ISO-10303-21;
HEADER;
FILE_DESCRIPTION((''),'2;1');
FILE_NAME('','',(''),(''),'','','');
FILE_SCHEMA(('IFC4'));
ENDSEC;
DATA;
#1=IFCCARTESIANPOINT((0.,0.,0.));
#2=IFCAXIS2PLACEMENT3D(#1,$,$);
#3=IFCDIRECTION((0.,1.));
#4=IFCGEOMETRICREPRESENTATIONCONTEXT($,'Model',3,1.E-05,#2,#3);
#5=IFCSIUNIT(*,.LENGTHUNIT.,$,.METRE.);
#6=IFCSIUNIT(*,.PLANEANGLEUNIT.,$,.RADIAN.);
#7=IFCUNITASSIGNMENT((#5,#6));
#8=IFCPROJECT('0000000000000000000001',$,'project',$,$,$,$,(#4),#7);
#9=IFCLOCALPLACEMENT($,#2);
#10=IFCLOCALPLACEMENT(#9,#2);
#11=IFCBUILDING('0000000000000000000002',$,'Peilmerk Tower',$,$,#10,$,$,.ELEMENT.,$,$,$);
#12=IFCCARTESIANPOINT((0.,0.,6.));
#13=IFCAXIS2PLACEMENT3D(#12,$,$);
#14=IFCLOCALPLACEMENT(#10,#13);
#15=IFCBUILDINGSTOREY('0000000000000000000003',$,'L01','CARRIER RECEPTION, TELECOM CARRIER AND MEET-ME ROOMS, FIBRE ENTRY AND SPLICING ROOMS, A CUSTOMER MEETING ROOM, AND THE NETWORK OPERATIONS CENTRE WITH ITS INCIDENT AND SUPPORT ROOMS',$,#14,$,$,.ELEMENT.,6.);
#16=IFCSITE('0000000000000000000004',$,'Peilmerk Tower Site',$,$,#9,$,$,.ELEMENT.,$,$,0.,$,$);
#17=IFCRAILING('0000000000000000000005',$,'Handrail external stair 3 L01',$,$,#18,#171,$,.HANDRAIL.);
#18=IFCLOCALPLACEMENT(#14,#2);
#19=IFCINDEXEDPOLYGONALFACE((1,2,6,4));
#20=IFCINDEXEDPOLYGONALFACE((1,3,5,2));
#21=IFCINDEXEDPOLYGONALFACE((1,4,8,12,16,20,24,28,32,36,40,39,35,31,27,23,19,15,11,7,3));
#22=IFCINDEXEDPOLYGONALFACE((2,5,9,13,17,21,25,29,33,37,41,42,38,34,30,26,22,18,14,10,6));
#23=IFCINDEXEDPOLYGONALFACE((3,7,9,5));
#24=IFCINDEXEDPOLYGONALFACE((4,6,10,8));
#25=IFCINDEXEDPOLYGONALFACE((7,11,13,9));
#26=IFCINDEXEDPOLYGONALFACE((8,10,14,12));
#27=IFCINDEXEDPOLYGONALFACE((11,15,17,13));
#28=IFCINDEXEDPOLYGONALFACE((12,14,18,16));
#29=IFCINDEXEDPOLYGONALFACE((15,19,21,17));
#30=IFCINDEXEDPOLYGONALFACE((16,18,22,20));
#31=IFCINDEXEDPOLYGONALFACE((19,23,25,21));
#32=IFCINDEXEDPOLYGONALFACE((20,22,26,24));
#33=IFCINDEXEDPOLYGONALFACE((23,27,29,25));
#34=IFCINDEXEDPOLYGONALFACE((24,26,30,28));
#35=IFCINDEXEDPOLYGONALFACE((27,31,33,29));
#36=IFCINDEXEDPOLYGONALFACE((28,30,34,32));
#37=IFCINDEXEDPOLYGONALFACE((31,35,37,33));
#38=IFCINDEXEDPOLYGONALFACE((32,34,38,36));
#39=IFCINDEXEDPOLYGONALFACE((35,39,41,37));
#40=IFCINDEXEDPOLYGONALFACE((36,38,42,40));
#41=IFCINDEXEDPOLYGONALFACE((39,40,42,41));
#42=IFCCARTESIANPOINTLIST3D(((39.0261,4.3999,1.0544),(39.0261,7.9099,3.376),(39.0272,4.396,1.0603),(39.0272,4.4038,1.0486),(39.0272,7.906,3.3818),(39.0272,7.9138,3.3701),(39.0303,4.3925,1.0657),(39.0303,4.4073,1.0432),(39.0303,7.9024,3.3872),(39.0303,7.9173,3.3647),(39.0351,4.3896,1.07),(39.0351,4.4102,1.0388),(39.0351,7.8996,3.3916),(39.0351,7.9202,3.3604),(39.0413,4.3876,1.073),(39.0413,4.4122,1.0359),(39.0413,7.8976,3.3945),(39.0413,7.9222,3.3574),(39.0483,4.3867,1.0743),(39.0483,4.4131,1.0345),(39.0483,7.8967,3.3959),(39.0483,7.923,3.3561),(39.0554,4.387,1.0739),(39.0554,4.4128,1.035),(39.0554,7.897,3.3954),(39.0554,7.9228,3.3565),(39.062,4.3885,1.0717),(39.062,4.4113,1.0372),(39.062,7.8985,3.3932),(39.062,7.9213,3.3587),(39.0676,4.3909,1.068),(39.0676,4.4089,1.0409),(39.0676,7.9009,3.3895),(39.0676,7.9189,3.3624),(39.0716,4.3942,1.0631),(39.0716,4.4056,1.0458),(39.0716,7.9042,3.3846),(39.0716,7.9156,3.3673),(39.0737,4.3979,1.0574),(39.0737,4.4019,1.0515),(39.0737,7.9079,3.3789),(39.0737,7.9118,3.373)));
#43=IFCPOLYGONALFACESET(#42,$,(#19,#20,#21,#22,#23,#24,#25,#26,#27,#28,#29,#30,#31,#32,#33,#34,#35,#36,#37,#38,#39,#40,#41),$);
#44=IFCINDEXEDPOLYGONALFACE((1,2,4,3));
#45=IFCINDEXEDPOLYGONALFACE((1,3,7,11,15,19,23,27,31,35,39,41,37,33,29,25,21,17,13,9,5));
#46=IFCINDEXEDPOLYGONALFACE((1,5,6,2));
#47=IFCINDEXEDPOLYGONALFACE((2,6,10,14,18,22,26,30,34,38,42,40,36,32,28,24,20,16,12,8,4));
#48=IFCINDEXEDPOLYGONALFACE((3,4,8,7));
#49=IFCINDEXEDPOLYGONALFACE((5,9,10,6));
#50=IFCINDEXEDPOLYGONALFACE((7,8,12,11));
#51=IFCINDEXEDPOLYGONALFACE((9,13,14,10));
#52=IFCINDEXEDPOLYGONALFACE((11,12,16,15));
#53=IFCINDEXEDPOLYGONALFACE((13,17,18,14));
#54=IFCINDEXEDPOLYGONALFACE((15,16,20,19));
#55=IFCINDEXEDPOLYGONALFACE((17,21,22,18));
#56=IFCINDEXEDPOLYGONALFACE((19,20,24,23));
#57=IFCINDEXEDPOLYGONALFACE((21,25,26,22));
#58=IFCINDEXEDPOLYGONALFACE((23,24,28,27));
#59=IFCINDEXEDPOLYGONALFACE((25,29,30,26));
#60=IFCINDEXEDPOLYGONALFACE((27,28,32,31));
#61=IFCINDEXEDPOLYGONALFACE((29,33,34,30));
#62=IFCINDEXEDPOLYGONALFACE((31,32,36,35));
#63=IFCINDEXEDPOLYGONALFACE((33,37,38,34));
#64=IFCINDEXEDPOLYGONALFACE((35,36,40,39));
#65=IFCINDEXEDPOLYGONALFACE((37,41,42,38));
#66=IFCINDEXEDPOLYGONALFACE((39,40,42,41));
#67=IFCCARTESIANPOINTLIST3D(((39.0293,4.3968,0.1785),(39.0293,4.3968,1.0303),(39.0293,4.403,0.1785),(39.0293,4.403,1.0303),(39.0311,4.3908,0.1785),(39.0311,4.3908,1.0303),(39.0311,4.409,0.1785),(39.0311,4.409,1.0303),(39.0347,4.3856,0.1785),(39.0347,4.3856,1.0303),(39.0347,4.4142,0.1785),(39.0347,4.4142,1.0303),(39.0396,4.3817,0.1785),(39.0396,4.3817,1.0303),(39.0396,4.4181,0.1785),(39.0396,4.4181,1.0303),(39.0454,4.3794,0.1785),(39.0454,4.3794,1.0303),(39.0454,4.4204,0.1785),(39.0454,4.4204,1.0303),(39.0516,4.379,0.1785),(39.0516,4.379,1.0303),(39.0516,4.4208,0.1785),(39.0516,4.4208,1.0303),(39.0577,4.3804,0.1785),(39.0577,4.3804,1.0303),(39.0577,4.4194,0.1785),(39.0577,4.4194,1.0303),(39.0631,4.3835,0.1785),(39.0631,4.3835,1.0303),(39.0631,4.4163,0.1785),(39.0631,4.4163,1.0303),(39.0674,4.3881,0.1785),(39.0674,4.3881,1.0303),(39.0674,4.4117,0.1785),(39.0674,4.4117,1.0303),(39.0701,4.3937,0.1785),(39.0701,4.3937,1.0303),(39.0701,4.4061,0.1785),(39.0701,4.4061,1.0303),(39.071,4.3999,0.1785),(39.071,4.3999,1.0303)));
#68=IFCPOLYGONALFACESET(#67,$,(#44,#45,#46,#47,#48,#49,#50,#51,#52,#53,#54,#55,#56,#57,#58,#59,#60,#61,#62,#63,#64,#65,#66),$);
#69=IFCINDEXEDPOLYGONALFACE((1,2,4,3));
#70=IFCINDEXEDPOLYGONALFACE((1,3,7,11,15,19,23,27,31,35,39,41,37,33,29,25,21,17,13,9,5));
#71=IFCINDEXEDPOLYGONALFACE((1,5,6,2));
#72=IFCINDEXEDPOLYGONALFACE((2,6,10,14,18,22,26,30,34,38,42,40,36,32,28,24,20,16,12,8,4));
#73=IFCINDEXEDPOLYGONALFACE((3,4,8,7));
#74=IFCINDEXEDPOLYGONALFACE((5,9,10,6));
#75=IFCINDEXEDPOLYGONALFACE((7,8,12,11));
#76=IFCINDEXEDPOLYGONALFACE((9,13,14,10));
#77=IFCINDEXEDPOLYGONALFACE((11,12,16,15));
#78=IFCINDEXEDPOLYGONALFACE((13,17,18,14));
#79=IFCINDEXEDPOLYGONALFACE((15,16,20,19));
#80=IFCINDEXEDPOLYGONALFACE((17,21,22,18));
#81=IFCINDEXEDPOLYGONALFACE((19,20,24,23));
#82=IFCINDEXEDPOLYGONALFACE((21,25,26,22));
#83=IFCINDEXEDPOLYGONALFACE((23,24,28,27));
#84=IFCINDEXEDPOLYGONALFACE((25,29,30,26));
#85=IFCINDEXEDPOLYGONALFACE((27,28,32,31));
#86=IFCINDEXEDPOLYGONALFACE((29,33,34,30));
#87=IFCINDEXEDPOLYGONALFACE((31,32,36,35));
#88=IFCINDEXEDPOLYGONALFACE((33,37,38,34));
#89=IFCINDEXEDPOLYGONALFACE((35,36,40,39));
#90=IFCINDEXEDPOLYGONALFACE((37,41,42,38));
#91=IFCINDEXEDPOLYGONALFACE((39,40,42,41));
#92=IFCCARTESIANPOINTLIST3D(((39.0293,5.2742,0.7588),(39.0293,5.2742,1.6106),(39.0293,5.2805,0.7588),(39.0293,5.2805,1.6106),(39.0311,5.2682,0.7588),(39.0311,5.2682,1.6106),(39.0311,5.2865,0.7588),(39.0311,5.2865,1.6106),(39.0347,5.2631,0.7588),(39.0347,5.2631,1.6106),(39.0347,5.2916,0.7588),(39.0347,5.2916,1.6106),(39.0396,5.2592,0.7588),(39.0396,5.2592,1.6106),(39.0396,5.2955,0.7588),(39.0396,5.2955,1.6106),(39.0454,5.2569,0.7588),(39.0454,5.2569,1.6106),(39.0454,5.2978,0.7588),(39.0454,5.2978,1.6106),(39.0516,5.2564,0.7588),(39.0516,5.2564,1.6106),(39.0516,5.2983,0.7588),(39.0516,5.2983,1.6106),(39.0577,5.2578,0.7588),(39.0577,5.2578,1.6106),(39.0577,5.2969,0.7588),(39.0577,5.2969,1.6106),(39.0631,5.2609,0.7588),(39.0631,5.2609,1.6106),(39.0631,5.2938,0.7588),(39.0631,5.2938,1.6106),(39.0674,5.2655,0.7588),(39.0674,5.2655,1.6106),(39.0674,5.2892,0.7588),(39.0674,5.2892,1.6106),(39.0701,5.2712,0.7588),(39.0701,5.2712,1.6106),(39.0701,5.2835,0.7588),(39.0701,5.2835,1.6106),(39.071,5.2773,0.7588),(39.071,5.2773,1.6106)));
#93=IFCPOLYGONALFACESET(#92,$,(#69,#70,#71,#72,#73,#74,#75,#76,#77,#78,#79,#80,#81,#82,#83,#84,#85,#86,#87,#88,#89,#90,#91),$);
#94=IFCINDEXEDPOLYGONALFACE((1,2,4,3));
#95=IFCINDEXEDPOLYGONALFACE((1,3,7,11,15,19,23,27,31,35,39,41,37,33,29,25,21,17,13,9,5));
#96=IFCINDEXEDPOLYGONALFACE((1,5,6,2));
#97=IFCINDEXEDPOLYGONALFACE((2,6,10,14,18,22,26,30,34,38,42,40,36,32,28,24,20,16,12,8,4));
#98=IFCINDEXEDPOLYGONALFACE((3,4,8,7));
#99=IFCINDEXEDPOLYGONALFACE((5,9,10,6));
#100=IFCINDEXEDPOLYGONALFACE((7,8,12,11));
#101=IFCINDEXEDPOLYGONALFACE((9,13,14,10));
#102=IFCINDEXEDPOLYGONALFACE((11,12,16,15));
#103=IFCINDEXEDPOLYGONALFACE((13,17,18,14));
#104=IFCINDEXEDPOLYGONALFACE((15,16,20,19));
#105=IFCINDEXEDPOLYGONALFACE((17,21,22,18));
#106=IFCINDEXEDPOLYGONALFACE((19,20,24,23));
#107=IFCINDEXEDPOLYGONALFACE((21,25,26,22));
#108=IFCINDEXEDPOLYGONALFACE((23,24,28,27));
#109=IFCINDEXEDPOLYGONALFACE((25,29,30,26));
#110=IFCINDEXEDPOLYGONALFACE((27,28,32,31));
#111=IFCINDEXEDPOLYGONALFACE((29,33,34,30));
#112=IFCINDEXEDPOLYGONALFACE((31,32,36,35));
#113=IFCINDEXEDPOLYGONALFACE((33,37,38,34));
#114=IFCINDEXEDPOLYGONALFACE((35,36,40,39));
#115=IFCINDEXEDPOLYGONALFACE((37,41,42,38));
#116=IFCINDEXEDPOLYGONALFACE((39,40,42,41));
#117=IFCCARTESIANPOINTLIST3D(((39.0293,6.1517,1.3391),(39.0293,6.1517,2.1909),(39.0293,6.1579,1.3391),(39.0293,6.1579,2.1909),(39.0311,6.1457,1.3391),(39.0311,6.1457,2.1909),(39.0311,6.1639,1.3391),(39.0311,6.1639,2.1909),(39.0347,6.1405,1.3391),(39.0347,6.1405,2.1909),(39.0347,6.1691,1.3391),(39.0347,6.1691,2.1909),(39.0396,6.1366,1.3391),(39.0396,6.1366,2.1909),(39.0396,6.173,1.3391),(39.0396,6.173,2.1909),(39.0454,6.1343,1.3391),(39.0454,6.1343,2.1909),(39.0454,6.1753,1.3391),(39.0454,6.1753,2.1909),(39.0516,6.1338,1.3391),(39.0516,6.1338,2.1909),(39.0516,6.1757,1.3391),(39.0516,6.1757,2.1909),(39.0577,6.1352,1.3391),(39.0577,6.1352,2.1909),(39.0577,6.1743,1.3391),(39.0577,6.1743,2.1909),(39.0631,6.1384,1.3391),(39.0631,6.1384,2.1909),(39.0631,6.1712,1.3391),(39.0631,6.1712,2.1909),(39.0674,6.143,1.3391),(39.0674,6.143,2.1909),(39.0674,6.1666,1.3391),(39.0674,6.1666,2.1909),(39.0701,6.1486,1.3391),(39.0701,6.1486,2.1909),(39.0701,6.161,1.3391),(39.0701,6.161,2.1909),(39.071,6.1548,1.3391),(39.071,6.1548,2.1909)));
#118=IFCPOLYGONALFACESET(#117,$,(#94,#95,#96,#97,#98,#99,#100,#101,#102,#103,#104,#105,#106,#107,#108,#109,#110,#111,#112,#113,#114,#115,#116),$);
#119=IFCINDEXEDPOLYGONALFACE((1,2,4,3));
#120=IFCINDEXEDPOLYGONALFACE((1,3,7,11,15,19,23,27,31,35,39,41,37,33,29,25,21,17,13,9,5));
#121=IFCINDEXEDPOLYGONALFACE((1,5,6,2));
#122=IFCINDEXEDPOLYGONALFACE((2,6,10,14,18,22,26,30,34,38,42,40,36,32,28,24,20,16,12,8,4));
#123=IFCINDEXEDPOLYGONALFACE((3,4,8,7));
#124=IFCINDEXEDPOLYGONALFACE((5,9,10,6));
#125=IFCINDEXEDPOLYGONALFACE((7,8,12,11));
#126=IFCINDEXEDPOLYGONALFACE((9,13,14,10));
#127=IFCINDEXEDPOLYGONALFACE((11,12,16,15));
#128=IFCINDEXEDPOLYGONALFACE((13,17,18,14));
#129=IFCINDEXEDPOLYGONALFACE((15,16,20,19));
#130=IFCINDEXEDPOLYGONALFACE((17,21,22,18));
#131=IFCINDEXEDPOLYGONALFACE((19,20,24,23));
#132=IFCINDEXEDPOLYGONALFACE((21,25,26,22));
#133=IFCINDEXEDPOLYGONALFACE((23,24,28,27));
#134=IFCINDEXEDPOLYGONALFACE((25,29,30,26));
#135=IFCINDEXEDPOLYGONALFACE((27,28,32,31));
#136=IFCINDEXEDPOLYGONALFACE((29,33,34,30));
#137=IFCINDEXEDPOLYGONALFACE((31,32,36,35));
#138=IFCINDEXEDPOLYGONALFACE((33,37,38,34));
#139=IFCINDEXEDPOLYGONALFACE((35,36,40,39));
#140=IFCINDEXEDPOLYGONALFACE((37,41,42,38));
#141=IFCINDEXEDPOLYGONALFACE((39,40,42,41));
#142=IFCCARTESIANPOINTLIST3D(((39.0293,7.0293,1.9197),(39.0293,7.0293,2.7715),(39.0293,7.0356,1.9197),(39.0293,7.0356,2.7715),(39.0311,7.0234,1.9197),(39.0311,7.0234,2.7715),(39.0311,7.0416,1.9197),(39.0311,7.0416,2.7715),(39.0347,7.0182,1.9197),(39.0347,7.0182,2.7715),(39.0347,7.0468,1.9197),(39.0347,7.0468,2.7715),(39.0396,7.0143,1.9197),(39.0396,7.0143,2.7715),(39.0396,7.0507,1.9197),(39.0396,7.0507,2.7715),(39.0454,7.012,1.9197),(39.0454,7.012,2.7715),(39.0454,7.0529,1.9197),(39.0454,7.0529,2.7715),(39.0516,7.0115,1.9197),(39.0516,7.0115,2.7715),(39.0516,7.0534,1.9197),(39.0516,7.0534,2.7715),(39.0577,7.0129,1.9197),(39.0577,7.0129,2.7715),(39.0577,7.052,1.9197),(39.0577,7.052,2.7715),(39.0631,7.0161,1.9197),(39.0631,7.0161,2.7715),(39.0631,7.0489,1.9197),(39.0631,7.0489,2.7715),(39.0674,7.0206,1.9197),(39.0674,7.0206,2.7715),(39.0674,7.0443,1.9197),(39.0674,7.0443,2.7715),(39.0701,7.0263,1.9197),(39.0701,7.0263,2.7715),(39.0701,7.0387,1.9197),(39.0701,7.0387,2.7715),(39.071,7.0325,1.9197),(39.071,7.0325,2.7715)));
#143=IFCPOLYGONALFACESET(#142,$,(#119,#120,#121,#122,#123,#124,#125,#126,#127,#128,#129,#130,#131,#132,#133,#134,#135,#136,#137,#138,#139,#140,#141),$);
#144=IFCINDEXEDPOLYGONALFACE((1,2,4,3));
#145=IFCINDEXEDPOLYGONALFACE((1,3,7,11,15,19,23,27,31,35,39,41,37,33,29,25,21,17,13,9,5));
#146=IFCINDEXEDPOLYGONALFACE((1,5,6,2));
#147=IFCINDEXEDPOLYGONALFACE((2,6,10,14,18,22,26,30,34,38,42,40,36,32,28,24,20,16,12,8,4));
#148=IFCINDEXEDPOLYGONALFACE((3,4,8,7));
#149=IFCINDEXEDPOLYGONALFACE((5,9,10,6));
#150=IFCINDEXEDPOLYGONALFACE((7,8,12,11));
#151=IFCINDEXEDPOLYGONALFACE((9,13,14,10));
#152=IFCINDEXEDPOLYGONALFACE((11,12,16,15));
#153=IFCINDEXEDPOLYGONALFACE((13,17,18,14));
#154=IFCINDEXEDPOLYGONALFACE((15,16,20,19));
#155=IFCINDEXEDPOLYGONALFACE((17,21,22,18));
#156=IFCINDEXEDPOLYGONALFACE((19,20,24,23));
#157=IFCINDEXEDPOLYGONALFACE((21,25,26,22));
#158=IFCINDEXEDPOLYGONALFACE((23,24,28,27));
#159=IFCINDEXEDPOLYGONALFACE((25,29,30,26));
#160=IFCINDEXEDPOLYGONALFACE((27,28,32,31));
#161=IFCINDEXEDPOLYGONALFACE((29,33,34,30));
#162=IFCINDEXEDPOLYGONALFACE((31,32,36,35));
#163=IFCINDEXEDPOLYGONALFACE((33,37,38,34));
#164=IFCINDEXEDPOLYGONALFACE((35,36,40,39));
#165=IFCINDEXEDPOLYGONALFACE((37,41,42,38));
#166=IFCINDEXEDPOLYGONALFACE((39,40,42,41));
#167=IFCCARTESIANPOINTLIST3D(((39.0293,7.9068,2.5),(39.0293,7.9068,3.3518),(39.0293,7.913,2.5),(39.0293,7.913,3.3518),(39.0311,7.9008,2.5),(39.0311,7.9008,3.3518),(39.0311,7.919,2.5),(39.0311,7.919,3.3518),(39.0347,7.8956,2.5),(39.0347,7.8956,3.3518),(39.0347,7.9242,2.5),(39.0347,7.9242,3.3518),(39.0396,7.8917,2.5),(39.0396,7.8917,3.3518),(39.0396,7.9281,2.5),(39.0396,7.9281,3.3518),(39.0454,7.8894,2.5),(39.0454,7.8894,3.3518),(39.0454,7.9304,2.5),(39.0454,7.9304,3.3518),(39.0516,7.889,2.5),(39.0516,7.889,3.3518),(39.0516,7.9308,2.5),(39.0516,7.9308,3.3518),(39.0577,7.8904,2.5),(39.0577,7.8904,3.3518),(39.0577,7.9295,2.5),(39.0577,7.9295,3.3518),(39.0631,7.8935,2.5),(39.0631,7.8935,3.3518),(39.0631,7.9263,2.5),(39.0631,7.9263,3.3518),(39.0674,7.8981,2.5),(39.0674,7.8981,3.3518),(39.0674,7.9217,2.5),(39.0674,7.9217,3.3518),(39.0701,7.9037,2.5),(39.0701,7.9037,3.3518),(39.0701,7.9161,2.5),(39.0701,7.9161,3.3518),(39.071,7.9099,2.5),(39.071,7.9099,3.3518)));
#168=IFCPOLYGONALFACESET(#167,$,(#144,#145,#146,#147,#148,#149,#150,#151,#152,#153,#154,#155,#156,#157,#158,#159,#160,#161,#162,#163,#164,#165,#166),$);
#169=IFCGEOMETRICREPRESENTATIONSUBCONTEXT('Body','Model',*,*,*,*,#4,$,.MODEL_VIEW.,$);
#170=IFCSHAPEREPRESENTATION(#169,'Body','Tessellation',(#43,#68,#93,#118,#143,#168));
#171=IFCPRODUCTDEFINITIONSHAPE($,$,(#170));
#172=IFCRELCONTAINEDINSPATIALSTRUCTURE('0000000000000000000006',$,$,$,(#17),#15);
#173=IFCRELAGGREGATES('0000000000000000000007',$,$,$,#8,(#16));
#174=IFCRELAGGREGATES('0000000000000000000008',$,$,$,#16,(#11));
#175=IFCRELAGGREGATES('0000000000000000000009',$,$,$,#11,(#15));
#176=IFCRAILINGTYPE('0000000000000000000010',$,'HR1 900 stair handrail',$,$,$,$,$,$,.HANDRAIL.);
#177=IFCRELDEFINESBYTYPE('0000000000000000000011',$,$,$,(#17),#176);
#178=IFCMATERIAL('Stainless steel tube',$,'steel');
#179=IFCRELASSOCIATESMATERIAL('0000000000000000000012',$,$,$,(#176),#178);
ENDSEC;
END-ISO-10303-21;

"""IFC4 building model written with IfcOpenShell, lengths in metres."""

from ifc_helpers import new_model, si_unit, direction, frame, origin, origin_2d, place, context, subcontext, project, spatial, circle, extrude, material, type_object, element, save


model = new_model("IFC4")

# Units and contexts
model_context = context("Model", 3, precision=1e-05, world=origin(), true_north=direction((0.0, 1.0)))
body_context = subcontext(model_context, "Body", "Model", "MODEL_VIEW")
ifc_project = project(units=[si_unit("LENGTHUNIT", "METRE"), si_unit("PLANEANGLEUNIT", "RADIAN")], contexts=[model_context])

# Site, building, storey
site_placement = place(None, origin())
site = spatial("IfcSite", under=ifc_project, at=site_placement, Name="Peilmerk Tower Site", CompositionType="ELEMENT", RefElevation=0.0)
building_placement = place(site_placement, origin())
building = spatial("IfcBuilding", under=site, at=building_placement, Name="Peilmerk Tower", CompositionType="ELEMENT")
storey_placement = place(building_placement, frame((0.0, 0.0, 6.0)))
storey = spatial("IfcBuildingStorey", under=building, at=storey_placement, Name="L01", Description="CARRIER RECEPTION, TELECOM CARRIER AND MEET-ME ROOMS, FIBRE ENTRY AND SPLICING ROOMS, A CUSTOMER MEETING ROOM, AND THE NETWORK OPERATIONS CENTRE WITH ITS INCIDENT AND SUPPORT ROOMS", CompositionType="ELEMENT", Elevation=6.0)

# Railing
ifc_material_1 = material(Name="Stainless steel tube", Category="steel")
railing_type_1 = type_object("IfcRailingType", Name="HR1 900 stair handrail", PredefinedType="HANDRAIL", material=ifc_material_1)
for number, where, name in (
    (1, (39.05, 4.3999, 0.1785), "Handrail external stair 3 L01"),
):
    element("IfcRailing", number, at=place(storey_placement, frame(where)), inside=storey, type_object=railing_type_1, Name=name, PredefinedType="HANDRAIL", context=body_context, shape_type="SweptSolid", body=[
        extrude(circle(Radius=0.0239, at=origin_2d()), frame((0.0, 0.0, 0.876), z_axis=(0.0, 0.834071, 0.551657), x_axis=(-1.0, 0.0, 0.0)), (0.0, 0.0, 1.0), 4.2083),
        extrude(circle(Radius=0.021, at=origin_2d()), origin(), (0.0, 0.0, 1.0), 0.8518),
        extrude(circle(Radius=0.021, at=origin_2d()), frame((0.0, 0.8774, 0.5803)), (0.0, 0.0, 1.0), 0.8518),
        extrude(circle(Radius=0.021, at=origin_2d()), frame((0.0, 1.7549, 1.1606)), (0.0, 0.0, 1.0), 0.8518),
        extrude(circle(Radius=0.021, at=origin_2d()), frame((0.0, 2.6326, 1.7412)), (0.0, 0.0, 1.0), 0.8518),
        extrude(circle(Radius=0.021, at=origin_2d()), frame((0.0, 3.51, 2.3215)), (0.0, 0.0, 1.0), 0.8518),
    ])

save(model, "model.ifc")
